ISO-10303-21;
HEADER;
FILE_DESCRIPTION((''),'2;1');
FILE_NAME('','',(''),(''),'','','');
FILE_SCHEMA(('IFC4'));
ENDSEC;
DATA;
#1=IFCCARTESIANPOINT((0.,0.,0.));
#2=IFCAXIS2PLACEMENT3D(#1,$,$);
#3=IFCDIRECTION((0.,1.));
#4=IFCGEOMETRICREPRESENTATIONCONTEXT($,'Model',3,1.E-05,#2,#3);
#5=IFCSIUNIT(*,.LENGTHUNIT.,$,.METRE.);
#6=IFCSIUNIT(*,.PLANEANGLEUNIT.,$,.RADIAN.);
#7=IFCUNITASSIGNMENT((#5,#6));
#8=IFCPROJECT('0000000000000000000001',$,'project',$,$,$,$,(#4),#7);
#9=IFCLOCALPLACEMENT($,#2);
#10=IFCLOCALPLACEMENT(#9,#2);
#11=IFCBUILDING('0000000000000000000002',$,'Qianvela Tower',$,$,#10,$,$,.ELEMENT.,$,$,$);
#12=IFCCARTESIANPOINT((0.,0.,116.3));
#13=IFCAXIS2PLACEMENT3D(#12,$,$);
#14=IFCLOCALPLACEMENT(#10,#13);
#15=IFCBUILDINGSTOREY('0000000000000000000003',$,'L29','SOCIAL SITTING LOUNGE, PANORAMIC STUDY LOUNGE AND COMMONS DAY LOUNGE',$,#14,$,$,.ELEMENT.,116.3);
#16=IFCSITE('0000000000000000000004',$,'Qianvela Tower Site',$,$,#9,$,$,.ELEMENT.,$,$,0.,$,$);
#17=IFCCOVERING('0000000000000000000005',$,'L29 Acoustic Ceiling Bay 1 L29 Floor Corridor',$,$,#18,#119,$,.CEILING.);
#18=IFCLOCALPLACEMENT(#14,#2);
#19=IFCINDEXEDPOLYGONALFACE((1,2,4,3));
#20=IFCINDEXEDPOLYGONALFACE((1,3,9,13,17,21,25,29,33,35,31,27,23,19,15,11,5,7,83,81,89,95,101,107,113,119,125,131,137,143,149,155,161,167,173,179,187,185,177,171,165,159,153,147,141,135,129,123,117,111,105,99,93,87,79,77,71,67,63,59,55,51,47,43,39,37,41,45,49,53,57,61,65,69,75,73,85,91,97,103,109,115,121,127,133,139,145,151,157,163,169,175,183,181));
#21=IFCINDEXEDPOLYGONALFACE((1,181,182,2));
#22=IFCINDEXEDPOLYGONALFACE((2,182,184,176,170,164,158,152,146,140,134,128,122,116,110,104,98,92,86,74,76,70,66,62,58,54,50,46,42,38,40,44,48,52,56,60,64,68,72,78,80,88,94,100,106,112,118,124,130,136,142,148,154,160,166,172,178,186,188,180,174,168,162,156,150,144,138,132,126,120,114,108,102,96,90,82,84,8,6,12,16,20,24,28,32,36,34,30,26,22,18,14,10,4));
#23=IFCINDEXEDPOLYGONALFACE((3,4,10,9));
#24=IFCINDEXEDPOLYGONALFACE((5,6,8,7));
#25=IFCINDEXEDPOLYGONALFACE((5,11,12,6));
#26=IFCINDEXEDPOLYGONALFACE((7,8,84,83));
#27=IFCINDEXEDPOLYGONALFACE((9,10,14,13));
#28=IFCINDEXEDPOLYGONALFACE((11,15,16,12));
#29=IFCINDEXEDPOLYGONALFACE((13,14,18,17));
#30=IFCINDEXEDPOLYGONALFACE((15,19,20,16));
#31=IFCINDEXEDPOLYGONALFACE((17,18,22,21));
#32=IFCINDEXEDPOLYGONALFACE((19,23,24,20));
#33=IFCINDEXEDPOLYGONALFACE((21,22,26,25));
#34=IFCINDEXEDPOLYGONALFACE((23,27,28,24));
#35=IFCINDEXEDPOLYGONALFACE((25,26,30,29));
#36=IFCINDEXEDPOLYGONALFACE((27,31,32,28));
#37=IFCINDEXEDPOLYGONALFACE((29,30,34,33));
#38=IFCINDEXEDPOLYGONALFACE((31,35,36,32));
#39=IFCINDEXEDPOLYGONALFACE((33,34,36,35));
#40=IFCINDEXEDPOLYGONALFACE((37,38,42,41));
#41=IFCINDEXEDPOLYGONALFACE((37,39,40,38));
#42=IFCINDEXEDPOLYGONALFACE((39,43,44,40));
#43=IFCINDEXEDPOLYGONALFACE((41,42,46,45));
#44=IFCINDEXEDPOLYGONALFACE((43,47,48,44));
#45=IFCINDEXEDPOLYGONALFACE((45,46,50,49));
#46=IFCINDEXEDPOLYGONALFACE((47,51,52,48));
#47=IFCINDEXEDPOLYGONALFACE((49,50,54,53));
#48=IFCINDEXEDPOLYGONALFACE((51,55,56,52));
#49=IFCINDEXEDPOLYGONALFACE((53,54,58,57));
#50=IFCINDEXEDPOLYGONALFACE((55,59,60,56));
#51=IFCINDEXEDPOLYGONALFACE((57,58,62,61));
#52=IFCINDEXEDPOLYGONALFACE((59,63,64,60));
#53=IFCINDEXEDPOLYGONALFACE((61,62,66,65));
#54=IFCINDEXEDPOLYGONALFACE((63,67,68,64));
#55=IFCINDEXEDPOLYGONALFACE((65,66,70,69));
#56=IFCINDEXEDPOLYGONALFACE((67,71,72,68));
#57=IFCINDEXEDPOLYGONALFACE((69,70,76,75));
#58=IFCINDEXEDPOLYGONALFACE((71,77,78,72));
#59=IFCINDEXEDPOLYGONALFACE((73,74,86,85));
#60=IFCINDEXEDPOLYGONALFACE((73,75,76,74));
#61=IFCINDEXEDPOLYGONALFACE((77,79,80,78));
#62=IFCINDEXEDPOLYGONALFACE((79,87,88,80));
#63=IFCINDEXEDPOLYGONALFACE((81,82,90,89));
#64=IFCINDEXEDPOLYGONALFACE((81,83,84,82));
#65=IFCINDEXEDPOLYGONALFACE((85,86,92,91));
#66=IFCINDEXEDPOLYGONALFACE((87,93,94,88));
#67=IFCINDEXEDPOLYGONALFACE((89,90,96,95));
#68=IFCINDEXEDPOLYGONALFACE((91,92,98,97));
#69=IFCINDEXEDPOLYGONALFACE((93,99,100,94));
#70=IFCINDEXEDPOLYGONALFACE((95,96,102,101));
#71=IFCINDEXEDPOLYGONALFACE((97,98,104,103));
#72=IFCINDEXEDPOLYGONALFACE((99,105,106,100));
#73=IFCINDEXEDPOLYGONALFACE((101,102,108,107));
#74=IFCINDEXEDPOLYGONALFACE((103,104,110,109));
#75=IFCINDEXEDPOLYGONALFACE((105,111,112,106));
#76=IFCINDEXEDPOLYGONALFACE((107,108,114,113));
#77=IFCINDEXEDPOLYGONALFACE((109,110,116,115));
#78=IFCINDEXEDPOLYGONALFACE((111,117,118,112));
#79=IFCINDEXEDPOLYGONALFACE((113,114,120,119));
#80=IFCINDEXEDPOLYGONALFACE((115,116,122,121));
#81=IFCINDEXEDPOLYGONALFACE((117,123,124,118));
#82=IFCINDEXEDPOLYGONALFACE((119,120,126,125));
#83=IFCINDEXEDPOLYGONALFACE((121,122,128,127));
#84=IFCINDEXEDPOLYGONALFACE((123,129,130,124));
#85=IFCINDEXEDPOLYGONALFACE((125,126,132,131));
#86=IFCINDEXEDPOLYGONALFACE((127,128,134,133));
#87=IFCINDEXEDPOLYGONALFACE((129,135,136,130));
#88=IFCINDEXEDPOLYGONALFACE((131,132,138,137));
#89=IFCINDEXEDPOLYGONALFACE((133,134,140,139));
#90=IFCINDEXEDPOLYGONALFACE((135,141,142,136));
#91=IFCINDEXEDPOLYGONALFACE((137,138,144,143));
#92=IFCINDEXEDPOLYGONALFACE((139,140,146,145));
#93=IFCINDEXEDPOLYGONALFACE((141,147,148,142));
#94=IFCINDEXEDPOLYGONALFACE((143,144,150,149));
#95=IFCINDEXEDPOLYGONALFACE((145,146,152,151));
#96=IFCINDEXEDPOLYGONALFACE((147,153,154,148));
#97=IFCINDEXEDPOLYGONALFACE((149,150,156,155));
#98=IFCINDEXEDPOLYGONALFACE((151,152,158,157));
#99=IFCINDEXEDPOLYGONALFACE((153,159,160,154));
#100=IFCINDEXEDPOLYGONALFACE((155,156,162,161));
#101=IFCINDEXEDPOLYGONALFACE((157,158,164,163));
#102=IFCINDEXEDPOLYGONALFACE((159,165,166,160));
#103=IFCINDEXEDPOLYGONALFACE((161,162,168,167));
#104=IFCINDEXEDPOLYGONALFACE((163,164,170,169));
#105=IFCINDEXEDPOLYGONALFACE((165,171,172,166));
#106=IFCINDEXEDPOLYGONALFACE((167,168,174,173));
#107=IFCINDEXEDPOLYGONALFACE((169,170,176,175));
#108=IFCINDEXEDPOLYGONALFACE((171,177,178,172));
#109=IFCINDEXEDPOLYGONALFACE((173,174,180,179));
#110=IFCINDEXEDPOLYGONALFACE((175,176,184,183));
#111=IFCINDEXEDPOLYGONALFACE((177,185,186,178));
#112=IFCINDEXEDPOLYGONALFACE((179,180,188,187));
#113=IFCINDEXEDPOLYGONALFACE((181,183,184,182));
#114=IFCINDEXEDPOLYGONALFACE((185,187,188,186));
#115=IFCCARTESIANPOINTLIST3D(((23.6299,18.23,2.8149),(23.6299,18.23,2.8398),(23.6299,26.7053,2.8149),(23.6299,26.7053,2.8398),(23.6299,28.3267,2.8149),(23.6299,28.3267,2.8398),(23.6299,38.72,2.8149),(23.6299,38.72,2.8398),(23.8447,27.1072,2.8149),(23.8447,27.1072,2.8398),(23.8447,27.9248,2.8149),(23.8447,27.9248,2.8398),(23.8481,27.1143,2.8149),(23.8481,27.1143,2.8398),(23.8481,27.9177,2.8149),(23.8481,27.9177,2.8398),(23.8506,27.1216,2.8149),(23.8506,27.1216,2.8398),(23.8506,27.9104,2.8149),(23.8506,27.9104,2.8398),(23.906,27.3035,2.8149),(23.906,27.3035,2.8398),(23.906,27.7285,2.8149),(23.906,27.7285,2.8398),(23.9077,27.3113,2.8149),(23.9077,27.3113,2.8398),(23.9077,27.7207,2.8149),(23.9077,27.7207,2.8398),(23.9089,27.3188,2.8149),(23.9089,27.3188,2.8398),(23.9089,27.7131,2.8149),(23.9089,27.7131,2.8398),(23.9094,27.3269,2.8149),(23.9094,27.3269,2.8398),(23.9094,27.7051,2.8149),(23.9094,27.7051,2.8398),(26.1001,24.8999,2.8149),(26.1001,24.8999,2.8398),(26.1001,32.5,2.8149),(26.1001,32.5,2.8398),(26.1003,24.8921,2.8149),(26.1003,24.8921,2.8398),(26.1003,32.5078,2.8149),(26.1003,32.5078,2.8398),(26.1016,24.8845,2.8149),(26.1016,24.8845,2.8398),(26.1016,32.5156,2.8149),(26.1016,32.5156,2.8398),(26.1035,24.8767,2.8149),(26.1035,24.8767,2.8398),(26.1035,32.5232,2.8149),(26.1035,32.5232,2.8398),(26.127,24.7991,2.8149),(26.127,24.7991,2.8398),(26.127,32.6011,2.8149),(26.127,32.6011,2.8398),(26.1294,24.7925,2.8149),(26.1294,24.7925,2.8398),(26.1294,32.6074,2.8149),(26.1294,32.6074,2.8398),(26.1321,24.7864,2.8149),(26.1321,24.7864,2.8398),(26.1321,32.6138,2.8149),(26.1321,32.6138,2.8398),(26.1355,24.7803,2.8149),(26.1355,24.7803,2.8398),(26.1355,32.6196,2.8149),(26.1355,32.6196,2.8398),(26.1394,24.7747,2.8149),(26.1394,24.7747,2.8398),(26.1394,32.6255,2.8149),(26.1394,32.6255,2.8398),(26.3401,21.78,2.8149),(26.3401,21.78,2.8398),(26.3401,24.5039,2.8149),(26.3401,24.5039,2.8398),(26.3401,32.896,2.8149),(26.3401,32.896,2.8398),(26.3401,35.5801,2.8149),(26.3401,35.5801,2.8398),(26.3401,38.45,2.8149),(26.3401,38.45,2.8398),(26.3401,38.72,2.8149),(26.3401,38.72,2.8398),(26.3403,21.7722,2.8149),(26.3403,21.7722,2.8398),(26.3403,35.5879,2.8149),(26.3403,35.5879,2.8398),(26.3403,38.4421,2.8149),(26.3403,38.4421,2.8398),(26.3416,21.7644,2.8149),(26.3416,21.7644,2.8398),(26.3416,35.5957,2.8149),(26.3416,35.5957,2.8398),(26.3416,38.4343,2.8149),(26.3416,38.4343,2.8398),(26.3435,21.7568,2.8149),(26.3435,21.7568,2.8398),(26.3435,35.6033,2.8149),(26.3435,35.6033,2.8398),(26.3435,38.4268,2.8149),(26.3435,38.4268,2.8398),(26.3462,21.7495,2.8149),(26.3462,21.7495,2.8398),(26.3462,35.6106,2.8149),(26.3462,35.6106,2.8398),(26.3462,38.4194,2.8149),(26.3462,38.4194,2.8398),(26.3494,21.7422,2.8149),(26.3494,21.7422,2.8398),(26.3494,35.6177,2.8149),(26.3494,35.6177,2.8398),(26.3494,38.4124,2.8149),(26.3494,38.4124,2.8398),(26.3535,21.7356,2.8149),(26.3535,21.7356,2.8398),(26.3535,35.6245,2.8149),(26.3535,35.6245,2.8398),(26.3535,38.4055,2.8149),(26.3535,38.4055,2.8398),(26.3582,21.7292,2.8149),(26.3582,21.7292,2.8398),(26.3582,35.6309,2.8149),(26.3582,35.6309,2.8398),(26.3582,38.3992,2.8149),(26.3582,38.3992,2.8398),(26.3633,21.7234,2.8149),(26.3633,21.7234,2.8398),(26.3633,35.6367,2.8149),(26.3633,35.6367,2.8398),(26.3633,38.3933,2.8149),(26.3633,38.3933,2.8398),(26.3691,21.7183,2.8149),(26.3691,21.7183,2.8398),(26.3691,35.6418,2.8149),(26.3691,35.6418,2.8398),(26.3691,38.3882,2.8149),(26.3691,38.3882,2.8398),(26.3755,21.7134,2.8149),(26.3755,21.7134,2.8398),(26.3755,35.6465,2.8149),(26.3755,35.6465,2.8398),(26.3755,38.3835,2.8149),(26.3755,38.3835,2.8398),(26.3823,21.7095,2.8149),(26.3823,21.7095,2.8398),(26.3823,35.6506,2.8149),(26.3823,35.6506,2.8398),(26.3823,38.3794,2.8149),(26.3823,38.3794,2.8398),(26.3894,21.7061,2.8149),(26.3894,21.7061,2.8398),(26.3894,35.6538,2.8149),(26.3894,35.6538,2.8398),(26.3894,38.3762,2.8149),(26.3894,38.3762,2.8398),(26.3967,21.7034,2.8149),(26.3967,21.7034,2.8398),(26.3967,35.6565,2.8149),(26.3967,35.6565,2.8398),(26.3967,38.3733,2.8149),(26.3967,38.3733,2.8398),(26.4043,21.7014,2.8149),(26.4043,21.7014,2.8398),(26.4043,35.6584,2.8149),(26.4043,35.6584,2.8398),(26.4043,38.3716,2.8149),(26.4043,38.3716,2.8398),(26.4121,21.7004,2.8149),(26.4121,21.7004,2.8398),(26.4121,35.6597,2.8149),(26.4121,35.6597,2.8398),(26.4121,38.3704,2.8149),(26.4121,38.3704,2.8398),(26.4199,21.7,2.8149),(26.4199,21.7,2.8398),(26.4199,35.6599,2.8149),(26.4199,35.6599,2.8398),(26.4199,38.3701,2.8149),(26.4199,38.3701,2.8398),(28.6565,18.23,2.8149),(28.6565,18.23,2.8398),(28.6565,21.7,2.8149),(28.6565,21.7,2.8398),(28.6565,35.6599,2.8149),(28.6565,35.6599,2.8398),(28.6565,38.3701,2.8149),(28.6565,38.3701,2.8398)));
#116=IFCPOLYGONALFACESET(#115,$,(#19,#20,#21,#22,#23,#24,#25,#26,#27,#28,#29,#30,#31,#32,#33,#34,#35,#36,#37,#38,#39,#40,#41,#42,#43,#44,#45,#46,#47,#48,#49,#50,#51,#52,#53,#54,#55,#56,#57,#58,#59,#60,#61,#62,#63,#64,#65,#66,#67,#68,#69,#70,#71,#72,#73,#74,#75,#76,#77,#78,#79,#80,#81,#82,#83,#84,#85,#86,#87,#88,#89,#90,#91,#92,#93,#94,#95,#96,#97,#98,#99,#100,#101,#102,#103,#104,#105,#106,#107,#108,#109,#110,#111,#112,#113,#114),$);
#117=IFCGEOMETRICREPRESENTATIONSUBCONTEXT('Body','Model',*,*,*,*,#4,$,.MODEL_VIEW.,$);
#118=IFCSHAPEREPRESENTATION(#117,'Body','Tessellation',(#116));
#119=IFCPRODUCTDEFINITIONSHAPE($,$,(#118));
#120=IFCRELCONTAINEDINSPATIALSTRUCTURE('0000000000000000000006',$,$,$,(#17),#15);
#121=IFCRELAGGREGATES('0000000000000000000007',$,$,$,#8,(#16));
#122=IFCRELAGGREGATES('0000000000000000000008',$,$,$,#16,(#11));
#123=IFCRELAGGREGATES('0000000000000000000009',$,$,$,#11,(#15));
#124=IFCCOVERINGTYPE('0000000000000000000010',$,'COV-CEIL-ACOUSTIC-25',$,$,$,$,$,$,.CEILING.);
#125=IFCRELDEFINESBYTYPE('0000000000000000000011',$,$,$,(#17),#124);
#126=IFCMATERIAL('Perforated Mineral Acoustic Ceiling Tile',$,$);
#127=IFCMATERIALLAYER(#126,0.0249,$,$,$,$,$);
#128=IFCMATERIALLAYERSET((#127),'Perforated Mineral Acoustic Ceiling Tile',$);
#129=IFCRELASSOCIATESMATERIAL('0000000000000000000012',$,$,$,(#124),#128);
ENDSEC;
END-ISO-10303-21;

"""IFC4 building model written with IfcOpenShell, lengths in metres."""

from ifc_helpers import new_model, si_unit, direction, frame, origin, place, context, subcontext, project, spatial, polyline, outline, extrude, material, layer, layer_set, type_object, element, save


model = new_model("IFC4")

# Units and contexts
model_context = context("Model", 3, precision=1e-05, world=origin(), true_north=direction((0.0, 1.0)))
body_context = subcontext(model_context, "Body", "Model", "MODEL_VIEW")
ifc_project = project(units=[si_unit("LENGTHUNIT", "METRE"), si_unit("PLANEANGLEUNIT", "RADIAN")], contexts=[model_context])

# Site, building, storey
site_placement = place(None, origin())
site = spatial("IfcSite", under=ifc_project, at=site_placement, Name="Qianvela Tower Site", CompositionType="ELEMENT", RefElevation=0.0)
building_placement = place(site_placement, origin())
building = spatial("IfcBuilding", under=site, at=building_placement, Name="Qianvela Tower", CompositionType="ELEMENT")
storey_placement = place(building_placement, frame((0.0, 0.0, 116.3)))
storey = spatial("IfcBuildingStorey", under=building, at=storey_placement, Name="L29", Description="SOCIAL SITTING LOUNGE, PANORAMIC STUDY LOUNGE AND COMMONS DAY LOUNGE", CompositionType="ELEMENT", Elevation=116.3)

# Covering
ifc_material_1 = material(Name="Perforated Mineral Acoustic Ceiling Tile")
ifc_layer_1 = layer(ifc_material_1, 0.0249)
ifc_layer_set_1 = layer_set([ifc_layer_1], Name="Perforated Mineral Acoustic Ceiling Tile")
covering_type_1 = type_object("IfcCoveringType", Name="COV-CEIL-ACOUSTIC-25", PredefinedType="CEILING", material=ifc_layer_set_1)
covering_1_placement = place(storey_placement, frame((0.0, 0.0, 2.8149)))
element("IfcCovering", 1, at=covering_1_placement, inside=storey, type_object=covering_type_1, Name="L29 Acoustic Ceiling Bay 1 L29 Floor Corridor", PredefinedType="CEILING", context=body_context, shape_type="SweptSolid", body=[
    extrude(outline(polyline([(23.8481, 27.9177), (23.8447, 27.9248), (23.6299, 28.3267), (23.6299, 38.72), (26.3401, 38.72), (26.3401, 38.45), (26.3403, 38.4421), (26.3416, 38.4343), (26.3435, 38.4268), (26.3462, 38.4194), (26.3494, 38.4124), (26.3535, 38.4055), (26.3582, 38.3992), (26.3633, 38.3933), (26.3691, 38.3882), (26.3755, 38.3835), (26.3823, 38.3794), (26.3894, 38.3762), (26.3967, 38.3733), (26.4043, 38.3716), (26.4121, 38.3704), (26.4199, 38.3701), (28.6565, 38.3701), (28.6565, 35.6599), (26.4199, 35.6599), (26.4121, 35.6597), (26.4043, 35.6584), (26.3967, 35.6565), (26.3894, 35.6538), (26.3823, 35.6506), (26.3755, 35.6465), (26.3691, 35.6418), (26.3633, 35.6367), (26.3582, 35.6309), (26.3535, 35.6245), (26.3494, 35.6177), (26.3462, 35.6106), (26.3435, 35.6033), (26.3416, 35.5957), (26.3403, 35.5879), (26.3401, 35.5801), (26.3401, 32.896), (26.1394, 32.6255), (26.1355, 32.6196), (26.1321, 32.6138), (26.1294, 32.6074), (26.127, 32.6011), (26.1035, 32.5232), (26.1016, 32.5156), (26.1003, 32.5078), (26.1001, 32.5), (26.1001, 24.8999), (26.1003, 24.8921), (26.1016, 24.8845), (26.1035, 24.8767), (26.127, 24.7991), (26.1294, 24.7925), (26.1321, 24.7864), (26.1355, 24.7803), (26.1394, 24.7747), (26.3401, 24.5039), (26.3401, 21.78), (26.3403, 21.7722), (26.3416, 21.7644), (26.3435, 21.7568), (26.3462, 21.7495), (26.3494, 21.7422), (26.3535, 21.7356), (26.3582, 21.7292), (26.3633, 21.7234), (26.3691, 21.7183), (26.3755, 21.7134), (26.3823, 21.7095), (26.3894, 21.7061), (26.3967, 21.7034), (26.4043, 21.7014), (26.4121, 21.7004), (26.4199, 21.7), (28.6565, 21.7), (28.6565, 18.23), (23.6299, 18.23), (23.6299, 26.7053), (23.8447, 27.1072), (23.8481, 27.1143), (23.8506, 27.1216), (23.906, 27.3035), (23.9077, 27.3113), (23.9089, 27.3188), (23.9094, 27.3269), (23.9094, 27.7051), (23.9089, 27.7131), (23.9077, 27.7207), (23.906, 27.7285), (23.8506, 27.9104), (23.8481, 27.9177)])), origin(), (0.0, 0.0, 1.0), 0.0249),
])

save(model, "model.ifc")
